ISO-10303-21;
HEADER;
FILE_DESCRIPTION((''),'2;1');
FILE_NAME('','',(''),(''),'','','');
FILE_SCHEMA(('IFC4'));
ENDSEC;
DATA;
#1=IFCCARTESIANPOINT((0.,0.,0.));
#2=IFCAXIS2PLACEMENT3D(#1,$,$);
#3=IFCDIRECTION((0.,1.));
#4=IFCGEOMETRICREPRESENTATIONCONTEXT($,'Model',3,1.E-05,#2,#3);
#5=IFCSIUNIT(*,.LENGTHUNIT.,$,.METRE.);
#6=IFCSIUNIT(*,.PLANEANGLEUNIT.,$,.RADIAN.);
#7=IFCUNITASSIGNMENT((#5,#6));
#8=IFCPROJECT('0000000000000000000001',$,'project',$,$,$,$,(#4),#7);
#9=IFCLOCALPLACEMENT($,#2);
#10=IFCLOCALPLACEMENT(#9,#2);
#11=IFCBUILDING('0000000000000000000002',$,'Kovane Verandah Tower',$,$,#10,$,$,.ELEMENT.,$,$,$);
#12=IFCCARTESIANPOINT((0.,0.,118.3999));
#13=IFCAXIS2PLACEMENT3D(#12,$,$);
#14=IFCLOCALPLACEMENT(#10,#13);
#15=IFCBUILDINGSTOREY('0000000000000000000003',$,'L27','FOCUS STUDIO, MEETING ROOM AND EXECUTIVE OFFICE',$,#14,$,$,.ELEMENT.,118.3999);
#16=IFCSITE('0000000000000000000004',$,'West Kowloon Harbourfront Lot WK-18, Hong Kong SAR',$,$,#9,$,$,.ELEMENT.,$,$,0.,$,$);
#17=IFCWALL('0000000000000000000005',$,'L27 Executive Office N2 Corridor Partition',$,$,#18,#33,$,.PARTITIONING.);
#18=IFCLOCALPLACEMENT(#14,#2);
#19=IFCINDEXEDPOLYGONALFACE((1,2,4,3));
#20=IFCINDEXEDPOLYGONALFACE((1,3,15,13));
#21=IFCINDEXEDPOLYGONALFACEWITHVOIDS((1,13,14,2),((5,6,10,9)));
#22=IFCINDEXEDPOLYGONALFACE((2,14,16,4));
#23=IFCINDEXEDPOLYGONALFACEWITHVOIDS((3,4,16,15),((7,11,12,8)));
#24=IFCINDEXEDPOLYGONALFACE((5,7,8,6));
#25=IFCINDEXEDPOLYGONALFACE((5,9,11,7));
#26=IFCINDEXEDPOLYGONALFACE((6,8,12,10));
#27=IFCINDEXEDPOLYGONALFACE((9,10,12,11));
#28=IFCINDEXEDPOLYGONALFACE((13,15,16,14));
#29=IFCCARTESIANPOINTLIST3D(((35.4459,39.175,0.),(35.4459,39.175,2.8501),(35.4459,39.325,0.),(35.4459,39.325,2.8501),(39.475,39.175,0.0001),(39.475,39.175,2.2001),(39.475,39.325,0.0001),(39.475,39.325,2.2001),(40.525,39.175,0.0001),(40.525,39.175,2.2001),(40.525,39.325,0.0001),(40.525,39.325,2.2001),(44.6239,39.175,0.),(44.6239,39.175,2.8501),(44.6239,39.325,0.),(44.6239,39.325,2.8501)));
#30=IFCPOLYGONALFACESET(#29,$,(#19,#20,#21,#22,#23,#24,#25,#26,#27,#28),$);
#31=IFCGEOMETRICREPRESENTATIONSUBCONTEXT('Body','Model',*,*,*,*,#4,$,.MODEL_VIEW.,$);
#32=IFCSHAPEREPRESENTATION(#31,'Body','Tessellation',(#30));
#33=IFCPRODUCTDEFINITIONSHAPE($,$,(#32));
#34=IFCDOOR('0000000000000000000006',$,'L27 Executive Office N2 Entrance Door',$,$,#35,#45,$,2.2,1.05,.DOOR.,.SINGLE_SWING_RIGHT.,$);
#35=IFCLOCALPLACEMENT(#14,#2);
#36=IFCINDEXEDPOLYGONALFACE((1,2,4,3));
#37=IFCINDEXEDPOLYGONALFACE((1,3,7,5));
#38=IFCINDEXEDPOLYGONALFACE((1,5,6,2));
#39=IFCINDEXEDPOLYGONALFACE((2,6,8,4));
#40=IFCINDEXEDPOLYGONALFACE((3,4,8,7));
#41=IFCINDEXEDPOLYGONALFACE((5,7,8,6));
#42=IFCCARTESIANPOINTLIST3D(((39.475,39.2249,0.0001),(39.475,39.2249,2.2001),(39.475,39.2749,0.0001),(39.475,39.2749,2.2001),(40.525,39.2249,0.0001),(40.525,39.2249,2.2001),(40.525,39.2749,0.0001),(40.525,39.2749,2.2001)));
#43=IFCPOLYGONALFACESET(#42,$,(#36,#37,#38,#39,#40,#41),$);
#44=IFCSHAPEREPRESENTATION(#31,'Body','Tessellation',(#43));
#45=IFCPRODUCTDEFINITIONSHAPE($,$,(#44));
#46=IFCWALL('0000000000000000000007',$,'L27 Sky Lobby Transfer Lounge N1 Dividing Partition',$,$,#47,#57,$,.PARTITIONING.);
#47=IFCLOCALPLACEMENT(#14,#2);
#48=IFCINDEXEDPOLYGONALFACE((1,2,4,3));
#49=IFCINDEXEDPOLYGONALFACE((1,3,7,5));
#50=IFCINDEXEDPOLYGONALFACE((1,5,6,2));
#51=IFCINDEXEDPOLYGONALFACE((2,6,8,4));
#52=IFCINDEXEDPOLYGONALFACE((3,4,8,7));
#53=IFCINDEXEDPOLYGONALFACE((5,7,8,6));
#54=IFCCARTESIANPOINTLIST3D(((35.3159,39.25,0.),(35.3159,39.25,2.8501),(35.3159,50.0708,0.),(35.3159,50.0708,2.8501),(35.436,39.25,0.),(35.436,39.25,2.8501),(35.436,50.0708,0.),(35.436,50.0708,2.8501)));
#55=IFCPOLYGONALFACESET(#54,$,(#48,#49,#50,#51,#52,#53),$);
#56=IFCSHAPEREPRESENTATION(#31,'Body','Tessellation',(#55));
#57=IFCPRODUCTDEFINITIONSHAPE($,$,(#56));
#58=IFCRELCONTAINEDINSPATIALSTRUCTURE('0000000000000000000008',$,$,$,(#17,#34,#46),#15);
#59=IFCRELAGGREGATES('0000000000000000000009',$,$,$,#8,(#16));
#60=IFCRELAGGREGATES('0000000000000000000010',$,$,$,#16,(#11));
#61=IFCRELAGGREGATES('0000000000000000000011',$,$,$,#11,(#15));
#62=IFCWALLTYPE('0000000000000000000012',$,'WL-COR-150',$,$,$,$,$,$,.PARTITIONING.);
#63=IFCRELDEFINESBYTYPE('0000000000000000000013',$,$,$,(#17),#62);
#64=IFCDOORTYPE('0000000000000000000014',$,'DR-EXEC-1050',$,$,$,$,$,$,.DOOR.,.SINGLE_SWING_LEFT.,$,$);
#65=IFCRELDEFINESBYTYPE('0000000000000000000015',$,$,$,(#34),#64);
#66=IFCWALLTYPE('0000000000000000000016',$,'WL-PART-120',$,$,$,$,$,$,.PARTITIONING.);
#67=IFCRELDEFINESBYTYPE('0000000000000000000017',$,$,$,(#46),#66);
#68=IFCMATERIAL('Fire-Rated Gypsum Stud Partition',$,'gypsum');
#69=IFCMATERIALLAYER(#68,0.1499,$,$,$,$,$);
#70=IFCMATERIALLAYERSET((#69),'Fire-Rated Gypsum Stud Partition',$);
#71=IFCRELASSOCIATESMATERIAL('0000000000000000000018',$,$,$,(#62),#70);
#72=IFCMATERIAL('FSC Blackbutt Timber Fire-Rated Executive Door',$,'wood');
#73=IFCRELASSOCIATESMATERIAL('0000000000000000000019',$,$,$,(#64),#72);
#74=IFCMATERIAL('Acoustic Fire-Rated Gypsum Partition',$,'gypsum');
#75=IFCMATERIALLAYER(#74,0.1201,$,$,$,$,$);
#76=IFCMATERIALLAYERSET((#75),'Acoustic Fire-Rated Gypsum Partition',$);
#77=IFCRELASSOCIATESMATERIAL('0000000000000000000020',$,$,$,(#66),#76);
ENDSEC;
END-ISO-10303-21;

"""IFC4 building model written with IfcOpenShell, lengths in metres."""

from ifc_helpers import new_model, si_unit, direction, frame, frame_2d, origin, place, context, subcontext, project, spatial, rectangle, extrude, material, layer, layer_set, type_object, element, fill, save


model = new_model("IFC4")

# Units and contexts
model_context = context("Model", 3, precision=1e-05, world=origin(), true_north=direction((0.0, 1.0)))
body_context = subcontext(model_context, "Body", "Model", "MODEL_VIEW")
ifc_project = project(units=[si_unit("LENGTHUNIT", "METRE"), si_unit("PLANEANGLEUNIT", "RADIAN")], contexts=[model_context])

# Site, building, storey
site_placement = place(None, origin())
site = spatial("IfcSite", under=ifc_project, at=site_placement, Name="West Kowloon Harbourfront Lot WK-18, Hong Kong SAR", CompositionType="ELEMENT", RefElevation=0.0)
building_placement = place(site_placement, origin())
building = spatial("IfcBuilding", under=site, at=building_placement, Name="Kovane Verandah Tower", CompositionType="ELEMENT")
storey_placement = place(building_placement, frame((0.0, 0.0, 118.3999)))
storey = spatial("IfcBuildingStorey", under=building, at=storey_placement, Name="L27", Description="FOCUS STUDIO, MEETING ROOM AND EXECUTIVE OFFICE", CompositionType="ELEMENT", Elevation=118.3999)

# Wall, opening, door
ifc_material_1 = material(Name="Fire-Rated Gypsum Stud Partition", Category="gypsum")
ifc_layer_1 = layer(ifc_material_1, 0.1499)
ifc_layer_set_1 = layer_set([ifc_layer_1], Name="Fire-Rated Gypsum Stud Partition")
wall_type_1 = type_object("IfcWallType", Name="WL-COR-150", PredefinedType="PARTITIONING", material=ifc_layer_set_1)
wall_1_placement = place(storey_placement, frame((35.446, 39.25, 0.0), z_axis=(0.0, 0.0, 1.0), x_axis=(1.0, 0.0, 0.0)))
wall_1 = element("IfcWall", 1, at=wall_1_placement, inside=storey, type_object=wall_type_1, Name="L27 Executive Office N2 Corridor Partition", PredefinedType="PARTITIONING", context=body_context, shape_type="SweptSolid", body=[
    extrude(rectangle(XDim=9.178, YDim=0.1499, at=frame_2d((4.5889, 0.0))), origin(), (0.0, 0.0, 1.0), 2.8501),
])
opening_1_placement = place(wall_1_placement, frame((4.0291, 0.0, 0.0)))
opening_1 = element("IfcOpeningElement", 2, at=opening_1_placement, cuts=wall_1, PredefinedType="OPENING", context=body_context, shape_type="SweptSolid", body=[
    extrude(rectangle(XDim=1.05, YDim=2.2, at=frame_2d((0.5249, 1.1001))), frame((0.0, 0.075, 0.0), z_axis=(0.0, -1.0, 0.0), x_axis=(1.0, 0.0, 0.0)), (0.0, 0.0, 1.0), 0.1499),
])
ifc_material_2 = material(Name="FSC Blackbutt Timber Fire-Rated Executive Door", Category="wood")
door_type_1 = type_object("IfcDoorType", Name="DR-EXEC-1050", OperationType="SINGLE_SWING_LEFT", PredefinedType="DOOR", material=ifc_material_2)
door_1_placement = place(opening_1_placement, origin())
door_1 = element("IfcDoor", 3, at=door_1_placement, inside=storey, type_object=door_type_1, Name="L27 Executive Office N2 Entrance Door", OperationType="SINGLE_SWING_RIGHT", OverallHeight=2.2, OverallWidth=1.05, PredefinedType="DOOR", context=body_context, shape_type="SweptSolid", body=[
    extrude(rectangle(XDim=1.05, YDim=2.2, at=frame_2d((0.5249, 1.1001))), frame((0.0, 0.0249, 0.0), z_axis=(0.0, -1.0, 0.0), x_axis=(1.0, 0.0, 0.0)), (0.0, 0.0, 1.0), 0.05),
])
fill(opening_1, door_1)

# Wall
ifc_material_3 = material(Name="Acoustic Fire-Rated Gypsum Partition", Category="gypsum")
ifc_layer_2 = layer(ifc_material_3, 0.1201)
ifc_layer_set_2 = layer_set([ifc_layer_2], Name="Acoustic Fire-Rated Gypsum Partition")
wall_type_2 = type_object("IfcWallType", Name="WL-PART-120", PredefinedType="PARTITIONING", material=ifc_layer_set_2)
wall_2_placement = place(storey_placement, frame((35.376, 39.25, 0.0), z_axis=(0.0, 0.0, 1.0), x_axis=(0.0, 1.0, 0.0)))
element("IfcWall", 4, at=wall_2_placement, inside=storey, type_object=wall_type_2, Name="L27 Sky Lobby Transfer Lounge N1 Dividing Partition", PredefinedType="PARTITIONING", context=body_context, shape_type="SweptSolid", body=[
    extrude(rectangle(XDim=10.8208, YDim=0.1201, at=frame_2d((5.4104, 0.0))), origin(), (0.0, 0.0, 1.0), 2.8501),
])

save(model, "model.ifc")
